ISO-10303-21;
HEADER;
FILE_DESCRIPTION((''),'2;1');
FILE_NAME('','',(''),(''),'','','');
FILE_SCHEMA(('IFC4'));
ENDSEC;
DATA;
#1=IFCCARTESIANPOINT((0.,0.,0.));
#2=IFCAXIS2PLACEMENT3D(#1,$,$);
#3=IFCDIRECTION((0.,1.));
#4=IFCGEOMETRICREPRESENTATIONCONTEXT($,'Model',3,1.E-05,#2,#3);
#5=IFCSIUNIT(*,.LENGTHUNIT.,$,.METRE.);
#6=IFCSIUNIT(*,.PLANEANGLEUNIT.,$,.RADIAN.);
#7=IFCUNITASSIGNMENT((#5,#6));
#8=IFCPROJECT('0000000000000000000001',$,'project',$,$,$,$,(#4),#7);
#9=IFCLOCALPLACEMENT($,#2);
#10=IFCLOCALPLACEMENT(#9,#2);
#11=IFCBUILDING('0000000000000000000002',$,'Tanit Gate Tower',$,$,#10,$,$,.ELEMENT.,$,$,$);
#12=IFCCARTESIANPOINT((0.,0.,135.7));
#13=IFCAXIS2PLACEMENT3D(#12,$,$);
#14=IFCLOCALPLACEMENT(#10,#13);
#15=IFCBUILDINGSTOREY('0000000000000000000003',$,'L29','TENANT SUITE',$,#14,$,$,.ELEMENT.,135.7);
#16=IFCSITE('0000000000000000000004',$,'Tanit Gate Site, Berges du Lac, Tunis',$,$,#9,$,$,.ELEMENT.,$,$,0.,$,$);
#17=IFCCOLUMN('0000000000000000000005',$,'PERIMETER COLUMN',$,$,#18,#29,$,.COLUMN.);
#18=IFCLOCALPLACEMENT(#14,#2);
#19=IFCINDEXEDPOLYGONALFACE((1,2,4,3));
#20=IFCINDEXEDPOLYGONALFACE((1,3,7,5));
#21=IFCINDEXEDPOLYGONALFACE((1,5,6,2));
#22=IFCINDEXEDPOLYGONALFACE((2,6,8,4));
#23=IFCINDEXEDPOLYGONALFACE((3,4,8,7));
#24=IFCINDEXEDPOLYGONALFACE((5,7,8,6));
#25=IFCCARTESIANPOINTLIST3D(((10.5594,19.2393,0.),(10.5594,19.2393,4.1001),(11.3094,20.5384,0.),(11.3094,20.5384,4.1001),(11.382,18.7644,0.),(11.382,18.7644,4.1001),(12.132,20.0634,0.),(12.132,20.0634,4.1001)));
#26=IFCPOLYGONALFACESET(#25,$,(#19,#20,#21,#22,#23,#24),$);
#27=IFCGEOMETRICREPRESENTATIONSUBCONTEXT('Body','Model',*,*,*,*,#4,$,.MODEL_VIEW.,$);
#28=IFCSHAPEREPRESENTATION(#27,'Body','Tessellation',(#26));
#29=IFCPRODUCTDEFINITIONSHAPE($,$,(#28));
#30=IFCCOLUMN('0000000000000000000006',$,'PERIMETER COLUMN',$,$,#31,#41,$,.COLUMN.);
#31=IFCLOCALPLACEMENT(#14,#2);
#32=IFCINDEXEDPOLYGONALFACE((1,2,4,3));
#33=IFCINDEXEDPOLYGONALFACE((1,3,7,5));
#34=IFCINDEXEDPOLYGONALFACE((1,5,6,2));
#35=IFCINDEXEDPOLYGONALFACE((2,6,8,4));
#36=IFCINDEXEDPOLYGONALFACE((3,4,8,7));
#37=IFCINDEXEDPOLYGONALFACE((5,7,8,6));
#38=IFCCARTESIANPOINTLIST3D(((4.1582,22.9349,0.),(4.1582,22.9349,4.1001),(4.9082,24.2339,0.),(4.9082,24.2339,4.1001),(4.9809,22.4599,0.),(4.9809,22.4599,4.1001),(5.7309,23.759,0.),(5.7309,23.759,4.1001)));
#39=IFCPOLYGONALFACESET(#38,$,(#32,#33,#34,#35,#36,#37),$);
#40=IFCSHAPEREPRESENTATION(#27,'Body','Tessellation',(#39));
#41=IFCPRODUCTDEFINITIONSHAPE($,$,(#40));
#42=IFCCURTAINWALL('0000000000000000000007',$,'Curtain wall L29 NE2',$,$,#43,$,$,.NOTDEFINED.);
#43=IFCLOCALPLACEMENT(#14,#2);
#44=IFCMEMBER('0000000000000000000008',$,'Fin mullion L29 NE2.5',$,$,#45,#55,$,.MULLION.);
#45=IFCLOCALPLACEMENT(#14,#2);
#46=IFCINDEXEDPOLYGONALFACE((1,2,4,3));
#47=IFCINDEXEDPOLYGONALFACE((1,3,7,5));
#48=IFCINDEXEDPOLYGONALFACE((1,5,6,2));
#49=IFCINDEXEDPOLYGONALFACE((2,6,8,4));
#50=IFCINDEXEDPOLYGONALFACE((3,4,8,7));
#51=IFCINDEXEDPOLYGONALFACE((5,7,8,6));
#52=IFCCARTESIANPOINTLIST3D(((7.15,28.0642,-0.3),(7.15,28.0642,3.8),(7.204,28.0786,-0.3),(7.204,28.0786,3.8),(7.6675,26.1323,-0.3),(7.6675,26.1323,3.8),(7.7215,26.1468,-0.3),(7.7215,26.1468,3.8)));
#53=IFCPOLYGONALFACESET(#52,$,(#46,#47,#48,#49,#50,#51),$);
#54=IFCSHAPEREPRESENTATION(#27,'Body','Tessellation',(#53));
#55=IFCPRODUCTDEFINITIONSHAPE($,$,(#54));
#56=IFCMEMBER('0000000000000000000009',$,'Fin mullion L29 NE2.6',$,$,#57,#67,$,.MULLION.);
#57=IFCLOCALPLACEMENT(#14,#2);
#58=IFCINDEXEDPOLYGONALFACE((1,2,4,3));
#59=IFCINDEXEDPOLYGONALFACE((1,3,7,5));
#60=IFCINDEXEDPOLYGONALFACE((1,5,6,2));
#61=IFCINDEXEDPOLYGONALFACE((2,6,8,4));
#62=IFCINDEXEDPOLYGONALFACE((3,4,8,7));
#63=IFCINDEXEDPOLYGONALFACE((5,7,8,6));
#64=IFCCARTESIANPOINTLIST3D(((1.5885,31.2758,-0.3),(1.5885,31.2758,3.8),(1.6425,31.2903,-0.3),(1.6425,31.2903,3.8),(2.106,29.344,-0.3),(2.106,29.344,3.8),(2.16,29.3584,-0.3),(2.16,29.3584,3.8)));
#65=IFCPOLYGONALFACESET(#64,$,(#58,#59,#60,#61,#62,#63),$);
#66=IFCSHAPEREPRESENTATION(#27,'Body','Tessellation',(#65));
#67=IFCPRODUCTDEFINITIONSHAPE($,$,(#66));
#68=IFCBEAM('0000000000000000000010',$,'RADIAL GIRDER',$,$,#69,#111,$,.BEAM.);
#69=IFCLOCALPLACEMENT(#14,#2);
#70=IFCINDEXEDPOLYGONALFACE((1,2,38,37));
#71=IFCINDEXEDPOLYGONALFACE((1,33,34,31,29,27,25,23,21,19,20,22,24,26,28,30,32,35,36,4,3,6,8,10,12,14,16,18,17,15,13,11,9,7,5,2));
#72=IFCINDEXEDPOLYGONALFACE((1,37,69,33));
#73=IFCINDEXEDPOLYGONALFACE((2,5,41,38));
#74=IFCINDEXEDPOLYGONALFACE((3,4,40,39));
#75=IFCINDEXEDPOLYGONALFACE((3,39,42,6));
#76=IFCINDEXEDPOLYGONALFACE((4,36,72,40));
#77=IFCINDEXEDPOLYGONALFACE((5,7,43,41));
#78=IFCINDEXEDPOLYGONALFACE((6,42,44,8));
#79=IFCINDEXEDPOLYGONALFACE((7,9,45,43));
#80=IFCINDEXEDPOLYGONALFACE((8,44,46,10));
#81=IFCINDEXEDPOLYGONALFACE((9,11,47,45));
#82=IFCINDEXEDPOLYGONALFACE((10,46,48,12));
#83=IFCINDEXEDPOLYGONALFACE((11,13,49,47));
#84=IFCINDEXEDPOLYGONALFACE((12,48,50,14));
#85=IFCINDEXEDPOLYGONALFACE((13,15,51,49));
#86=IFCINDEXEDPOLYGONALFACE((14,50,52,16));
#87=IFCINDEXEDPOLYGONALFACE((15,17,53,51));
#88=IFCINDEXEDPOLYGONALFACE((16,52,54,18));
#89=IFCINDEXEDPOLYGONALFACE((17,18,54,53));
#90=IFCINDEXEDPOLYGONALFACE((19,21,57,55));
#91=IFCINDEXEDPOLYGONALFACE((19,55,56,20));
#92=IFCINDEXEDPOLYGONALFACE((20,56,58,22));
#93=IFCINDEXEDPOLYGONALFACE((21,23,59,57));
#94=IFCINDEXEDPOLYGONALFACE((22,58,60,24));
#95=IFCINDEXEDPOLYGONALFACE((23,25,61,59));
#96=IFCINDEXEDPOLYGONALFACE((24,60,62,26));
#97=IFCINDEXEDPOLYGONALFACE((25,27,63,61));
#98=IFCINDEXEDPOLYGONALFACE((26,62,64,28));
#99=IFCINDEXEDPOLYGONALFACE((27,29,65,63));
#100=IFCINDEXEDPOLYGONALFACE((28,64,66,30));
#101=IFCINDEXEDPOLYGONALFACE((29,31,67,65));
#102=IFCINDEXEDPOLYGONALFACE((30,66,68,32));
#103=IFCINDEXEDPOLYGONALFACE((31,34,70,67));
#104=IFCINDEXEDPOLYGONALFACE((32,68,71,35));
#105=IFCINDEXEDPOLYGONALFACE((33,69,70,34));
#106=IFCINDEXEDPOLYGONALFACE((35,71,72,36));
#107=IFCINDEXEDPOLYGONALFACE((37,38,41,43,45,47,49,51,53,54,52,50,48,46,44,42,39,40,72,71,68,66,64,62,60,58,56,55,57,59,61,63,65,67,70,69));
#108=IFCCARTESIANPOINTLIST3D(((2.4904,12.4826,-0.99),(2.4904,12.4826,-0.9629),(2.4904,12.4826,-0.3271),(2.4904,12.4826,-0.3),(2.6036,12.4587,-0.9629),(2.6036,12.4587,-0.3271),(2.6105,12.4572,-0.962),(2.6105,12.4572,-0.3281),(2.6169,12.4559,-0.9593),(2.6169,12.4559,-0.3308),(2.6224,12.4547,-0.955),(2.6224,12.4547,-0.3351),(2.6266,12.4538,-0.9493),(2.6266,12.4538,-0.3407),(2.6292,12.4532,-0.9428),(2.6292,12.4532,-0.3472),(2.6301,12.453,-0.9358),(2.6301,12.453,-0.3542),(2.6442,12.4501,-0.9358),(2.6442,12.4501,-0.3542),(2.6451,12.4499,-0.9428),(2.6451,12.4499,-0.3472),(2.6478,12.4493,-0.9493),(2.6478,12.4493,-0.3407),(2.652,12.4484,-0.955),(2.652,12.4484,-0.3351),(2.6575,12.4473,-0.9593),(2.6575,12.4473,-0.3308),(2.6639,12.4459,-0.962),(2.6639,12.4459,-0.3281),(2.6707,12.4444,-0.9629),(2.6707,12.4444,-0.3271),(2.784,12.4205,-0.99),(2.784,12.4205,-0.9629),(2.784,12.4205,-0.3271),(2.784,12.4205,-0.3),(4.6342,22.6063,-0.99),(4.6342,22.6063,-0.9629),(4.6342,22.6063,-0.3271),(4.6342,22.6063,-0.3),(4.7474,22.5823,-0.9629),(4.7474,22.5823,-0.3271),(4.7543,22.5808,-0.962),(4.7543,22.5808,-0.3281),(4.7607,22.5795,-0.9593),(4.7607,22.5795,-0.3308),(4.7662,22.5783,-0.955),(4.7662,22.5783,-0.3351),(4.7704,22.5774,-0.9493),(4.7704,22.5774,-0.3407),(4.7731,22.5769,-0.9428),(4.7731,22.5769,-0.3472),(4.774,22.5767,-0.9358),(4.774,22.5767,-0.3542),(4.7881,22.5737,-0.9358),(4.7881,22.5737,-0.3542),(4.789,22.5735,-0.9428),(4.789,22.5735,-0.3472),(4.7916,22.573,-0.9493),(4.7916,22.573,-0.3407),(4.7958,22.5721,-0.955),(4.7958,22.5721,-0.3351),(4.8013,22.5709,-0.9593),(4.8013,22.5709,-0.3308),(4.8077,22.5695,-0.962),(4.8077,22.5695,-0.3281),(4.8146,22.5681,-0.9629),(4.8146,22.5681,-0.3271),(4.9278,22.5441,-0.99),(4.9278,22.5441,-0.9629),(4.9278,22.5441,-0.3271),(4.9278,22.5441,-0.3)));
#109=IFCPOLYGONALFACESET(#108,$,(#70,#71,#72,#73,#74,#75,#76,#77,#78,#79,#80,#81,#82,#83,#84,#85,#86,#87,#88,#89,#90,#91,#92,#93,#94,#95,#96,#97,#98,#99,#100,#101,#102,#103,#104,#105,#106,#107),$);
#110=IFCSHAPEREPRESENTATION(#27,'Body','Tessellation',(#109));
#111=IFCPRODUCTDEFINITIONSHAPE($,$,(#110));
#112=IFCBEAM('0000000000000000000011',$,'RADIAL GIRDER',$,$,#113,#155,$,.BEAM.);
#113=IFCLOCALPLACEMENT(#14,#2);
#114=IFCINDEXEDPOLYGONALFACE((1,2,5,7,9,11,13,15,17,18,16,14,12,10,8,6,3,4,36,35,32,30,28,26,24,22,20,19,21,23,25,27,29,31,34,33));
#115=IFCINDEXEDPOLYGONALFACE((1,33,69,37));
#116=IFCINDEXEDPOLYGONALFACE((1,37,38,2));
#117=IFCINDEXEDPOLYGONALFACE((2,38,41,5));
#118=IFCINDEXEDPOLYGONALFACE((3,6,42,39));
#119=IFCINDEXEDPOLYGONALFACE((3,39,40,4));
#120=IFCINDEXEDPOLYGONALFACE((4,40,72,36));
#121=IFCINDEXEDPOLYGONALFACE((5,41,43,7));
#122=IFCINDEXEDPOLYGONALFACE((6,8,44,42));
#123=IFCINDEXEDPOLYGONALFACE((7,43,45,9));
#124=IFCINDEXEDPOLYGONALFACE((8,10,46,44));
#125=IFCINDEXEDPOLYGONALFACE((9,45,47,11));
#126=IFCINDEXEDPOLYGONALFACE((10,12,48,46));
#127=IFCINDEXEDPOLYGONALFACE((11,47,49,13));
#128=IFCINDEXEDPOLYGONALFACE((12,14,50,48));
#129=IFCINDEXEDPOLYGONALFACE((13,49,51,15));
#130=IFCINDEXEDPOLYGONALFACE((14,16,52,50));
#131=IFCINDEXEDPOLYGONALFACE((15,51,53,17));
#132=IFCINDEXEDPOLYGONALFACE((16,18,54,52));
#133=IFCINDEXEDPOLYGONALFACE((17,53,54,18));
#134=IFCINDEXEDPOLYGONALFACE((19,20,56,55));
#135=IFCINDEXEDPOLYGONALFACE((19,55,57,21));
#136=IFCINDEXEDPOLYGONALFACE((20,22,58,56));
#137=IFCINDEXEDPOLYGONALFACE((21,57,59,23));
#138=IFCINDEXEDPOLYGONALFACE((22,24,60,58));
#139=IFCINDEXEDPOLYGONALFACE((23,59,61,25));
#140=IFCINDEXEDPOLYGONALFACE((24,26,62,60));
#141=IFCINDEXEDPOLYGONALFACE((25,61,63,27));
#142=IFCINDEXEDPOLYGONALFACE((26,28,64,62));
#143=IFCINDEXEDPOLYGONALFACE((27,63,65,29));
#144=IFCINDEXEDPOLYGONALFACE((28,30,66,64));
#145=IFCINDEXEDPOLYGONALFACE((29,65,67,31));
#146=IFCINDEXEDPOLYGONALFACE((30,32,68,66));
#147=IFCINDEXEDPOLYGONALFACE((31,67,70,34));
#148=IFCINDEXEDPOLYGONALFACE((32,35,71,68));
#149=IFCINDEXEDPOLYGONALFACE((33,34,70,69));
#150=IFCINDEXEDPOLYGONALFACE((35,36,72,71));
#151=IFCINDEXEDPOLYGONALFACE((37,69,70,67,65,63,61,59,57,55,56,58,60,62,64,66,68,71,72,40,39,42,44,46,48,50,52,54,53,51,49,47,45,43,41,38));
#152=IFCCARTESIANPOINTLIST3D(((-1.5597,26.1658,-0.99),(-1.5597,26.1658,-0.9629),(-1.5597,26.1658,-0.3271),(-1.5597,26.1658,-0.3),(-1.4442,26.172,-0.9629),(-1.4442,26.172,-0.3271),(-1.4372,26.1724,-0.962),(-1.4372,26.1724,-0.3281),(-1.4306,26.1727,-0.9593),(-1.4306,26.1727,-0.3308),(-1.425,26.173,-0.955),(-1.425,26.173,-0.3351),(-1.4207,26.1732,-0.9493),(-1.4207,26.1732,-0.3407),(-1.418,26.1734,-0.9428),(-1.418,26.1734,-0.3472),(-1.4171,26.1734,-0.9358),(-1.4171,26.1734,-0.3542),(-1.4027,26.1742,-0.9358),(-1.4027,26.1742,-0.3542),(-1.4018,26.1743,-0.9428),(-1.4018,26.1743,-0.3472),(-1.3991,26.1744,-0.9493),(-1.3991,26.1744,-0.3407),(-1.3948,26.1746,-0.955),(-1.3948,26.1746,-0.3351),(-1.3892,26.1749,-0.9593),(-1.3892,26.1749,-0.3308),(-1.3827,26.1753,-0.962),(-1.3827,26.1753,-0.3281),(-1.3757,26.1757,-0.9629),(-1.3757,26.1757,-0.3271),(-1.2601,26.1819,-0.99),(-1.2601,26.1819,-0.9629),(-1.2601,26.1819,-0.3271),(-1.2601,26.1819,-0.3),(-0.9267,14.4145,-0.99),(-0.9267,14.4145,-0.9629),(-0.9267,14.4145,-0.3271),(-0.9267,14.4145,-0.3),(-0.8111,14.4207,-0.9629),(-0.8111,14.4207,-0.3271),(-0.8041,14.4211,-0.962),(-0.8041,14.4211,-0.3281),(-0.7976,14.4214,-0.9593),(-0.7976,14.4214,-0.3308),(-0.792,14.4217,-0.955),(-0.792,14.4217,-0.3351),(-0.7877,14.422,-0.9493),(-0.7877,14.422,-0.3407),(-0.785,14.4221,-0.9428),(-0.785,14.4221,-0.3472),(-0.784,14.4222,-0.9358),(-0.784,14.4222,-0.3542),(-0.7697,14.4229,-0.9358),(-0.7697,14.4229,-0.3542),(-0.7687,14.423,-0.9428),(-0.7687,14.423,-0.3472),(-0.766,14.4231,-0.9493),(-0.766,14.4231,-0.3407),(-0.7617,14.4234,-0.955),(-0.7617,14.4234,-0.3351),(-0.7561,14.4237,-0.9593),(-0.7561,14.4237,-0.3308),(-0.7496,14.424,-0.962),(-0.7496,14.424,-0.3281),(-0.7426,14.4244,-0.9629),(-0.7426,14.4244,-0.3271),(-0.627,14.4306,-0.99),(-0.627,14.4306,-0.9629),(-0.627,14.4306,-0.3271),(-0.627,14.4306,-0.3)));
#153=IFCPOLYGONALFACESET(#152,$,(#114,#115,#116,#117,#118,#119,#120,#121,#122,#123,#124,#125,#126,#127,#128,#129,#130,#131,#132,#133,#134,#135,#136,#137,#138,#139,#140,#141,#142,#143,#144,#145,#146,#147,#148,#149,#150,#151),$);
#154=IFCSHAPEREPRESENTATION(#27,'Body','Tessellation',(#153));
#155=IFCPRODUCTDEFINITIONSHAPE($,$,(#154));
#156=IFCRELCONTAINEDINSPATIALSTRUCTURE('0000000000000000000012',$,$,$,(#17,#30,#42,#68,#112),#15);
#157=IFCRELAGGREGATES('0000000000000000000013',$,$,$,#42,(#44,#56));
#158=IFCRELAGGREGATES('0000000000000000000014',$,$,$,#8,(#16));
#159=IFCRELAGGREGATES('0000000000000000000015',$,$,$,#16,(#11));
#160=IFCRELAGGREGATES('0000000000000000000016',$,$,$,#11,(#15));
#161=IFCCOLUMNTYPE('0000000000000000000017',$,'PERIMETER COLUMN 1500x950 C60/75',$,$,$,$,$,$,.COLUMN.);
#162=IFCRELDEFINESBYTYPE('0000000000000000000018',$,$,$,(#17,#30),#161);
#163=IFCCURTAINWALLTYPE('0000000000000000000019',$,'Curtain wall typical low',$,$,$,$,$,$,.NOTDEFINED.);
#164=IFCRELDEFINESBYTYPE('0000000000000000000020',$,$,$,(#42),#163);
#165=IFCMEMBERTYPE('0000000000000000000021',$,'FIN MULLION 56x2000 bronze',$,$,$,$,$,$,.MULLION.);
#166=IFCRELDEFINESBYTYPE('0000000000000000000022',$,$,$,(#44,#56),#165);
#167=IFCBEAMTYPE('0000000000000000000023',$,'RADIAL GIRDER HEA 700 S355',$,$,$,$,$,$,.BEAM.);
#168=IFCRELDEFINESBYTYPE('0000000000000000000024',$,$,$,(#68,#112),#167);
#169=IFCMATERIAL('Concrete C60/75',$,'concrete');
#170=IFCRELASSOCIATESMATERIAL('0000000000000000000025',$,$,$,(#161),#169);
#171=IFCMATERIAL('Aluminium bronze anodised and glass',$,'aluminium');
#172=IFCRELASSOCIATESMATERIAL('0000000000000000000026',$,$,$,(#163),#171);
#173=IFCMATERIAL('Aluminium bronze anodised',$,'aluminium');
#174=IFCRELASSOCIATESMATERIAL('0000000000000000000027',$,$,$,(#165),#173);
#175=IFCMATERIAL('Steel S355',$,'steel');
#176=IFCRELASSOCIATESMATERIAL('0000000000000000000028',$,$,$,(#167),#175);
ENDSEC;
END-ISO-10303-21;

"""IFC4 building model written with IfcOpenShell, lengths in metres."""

from ifc_helpers import new_model, si_unit, direction, frame, origin, origin_2d, place, context, subcontext, project, spatial, rectangle, i_section, extrude, material, material_profile, profile_set, type_object, element, aggregate, save


model = new_model("IFC4")

# Units and contexts
model_context = context("Model", 3, precision=1e-05, world=origin(), true_north=direction((0.0, 1.0)))
body_context = subcontext(model_context, "Body", "Model", "MODEL_VIEW")
ifc_project = project(units=[si_unit("LENGTHUNIT", "METRE"), si_unit("PLANEANGLEUNIT", "RADIAN")], contexts=[model_context])

# Site, building, storey
site_placement = place(None, origin())
site = spatial("IfcSite", under=ifc_project, at=site_placement, Name="Tanit Gate Site, Berges du Lac, Tunis", CompositionType="ELEMENT", RefElevation=0.0)
building_placement = place(site_placement, origin())
building = spatial("IfcBuilding", under=site, at=building_placement, Name="Tanit Gate Tower", CompositionType="ELEMENT")
storey_placement = place(building_placement, frame((0.0, 0.0, 135.7)))
storey = spatial("IfcBuildingStorey", under=building, at=storey_placement, Name="L29", Description="TENANT SUITE", CompositionType="ELEMENT", Elevation=135.7)

# Columns
ifc_material_1 = material(Name="Concrete C60/75", Category="concrete")
ifc_material_profile_1 = material_profile(ifc_material_1, rectangle(XDim=1.5, YDim=0.95, at=origin_2d()), Name="RC 1500x950")
ifc_profile_set_1 = profile_set([ifc_material_profile_1], Name="Concrete C60/75")
column_type = type_object("IfcColumnType", Name="PERIMETER COLUMN 1500x950 C60/75", PredefinedType="COLUMN", material=ifc_profile_set_1)
for number, where, z_axis, x_axis, name in (
    (1, (11.3457, 19.6514, 0.0), (0.0, 0.0, 1.0), (0.5, 0.866025, 0.0), "PERIMETER COLUMN"),
    (2, (4.9446, 23.3469, 0.0), (0.0, 0.0, 1.0), (0.5, 0.866025, 0.0), "PERIMETER COLUMN"),
):
    element("IfcColumn", number, at=place(storey_placement, frame(where, z_axis=z_axis, x_axis=x_axis)), inside=storey, type_object=column_type, Name=name, PredefinedType="COLUMN", context=body_context, shape_type="SweptSolid", body=[
        extrude(rectangle(XDim=1.5, YDim=0.95, at=origin_2d()), origin(), (0.0, 0.0, 1.0), 4.1001),
    ])

# Curtain wall, members
ifc_material_2 = material(Name="Aluminium bronze anodised and glass", Category="aluminium")
curtain_wall_type = type_object("IfcCurtainWallType", Name="Curtain wall typical low", PredefinedType="NOTDEFINED", material=ifc_material_2)
curtain_wall_placement = place(storey_placement, origin())
curtain_wall = element("IfcCurtainWall", 3, at=curtain_wall_placement, inside=storey, type_object=curtain_wall_type, Name="Curtain wall L29 NE2", PredefinedType="NOTDEFINED")
ifc_material_3 = material(Name="Aluminium bronze anodised", Category="aluminium")
ifc_material_profile_2 = material_profile(ifc_material_3, rectangle(XDim=2.0, YDim=0.0559, at=origin_2d()), Name="56x2000 bronze fin mullion")
ifc_profile_set_2 = profile_set([ifc_material_profile_2], Name="Aluminium bronze anodised")
member_type_1 = type_object("IfcMemberType", Name="FIN MULLION 56x2000 bronze", PredefinedType="MULLION", material=ifc_profile_set_2)
member_1_placement = place(storey_placement, frame((7.4358, 27.1055, -0.3), z_axis=(0.0, 0.0, 1.0), x_axis=(0.258752, -0.965944, 0.0)))
member_1 = element("IfcMember", 4, at=member_1_placement, type_object=member_type_1, Name="Fin mullion L29 NE2.5", PredefinedType="MULLION", context=body_context, shape_type="SweptSolid", body=[
    extrude(rectangle(XDim=2.0, YDim=0.0559, at=origin_2d()), origin(), (0.0, 0.0, 1.0), 4.1001),
])
member_2_placement = place(storey_placement, frame((1.8743, 30.3171, -0.3), z_axis=(0.0, 0.0, 1.0), x_axis=(0.258752, -0.965944, 0.0)))
member_2 = element("IfcMember", 5, at=member_2_placement, type_object=member_type_1, Name="Fin mullion L29 NE2.6", PredefinedType="MULLION", context=body_context, shape_type="SweptSolid", body=[
    extrude(rectangle(XDim=2.0, YDim=0.0559, at=origin_2d()), origin(), (0.0, 0.0, 1.0), 4.1001),
])

# Beams
ifc_material_4 = material(Name="Steel S355", Category="steel")
ifc_material_profile_3 = material_profile(ifc_material_4, i_section(OverallWidth=0.3, OverallDepth=0.6899, WebThickness=0.0144, FlangeThickness=0.0271, FilletRadius=0.0271, at=origin_2d()), Name="HEA 700")
ifc_profile_set_3 = profile_set([ifc_material_profile_3], Name="Steel S355")
beam_type_1 = type_object("IfcBeamType", Name="RADIAL GIRDER HEA 700 S355", PredefinedType="BEAM", material=ifc_profile_set_3)
beam_1_placement = place(storey_placement, frame((4.781, 22.5752, -0.645), z_axis=(-0.20717, -0.978305, 0.0), x_axis=(0.978305, -0.20717, 0.0)))
element("IfcBeam", 6, at=beam_1_placement, inside=storey, type_object=beam_type_1, Name="RADIAL GIRDER", PredefinedType="BEAM", context=body_context, shape_type="SweptSolid", body=[
    extrude(i_section(OverallWidth=0.3, OverallDepth=0.6899, WebThickness=0.0144, FlangeThickness=0.0271, FilletRadius=0.0271, at=origin_2d()), origin(), (0.0, 0.0, 1.0), 10.3481),
])
beam_2_placement = place(storey_placement, frame((-1.4099, 26.1738, -0.645), z_axis=(0.053794, -0.998552, 0.0), x_axis=(0.998552, 0.053794, 0.0)))
element("IfcBeam", 7, at=beam_2_placement, inside=storey, type_object=beam_type_1, Name="RADIAL GIRDER", PredefinedType="BEAM", context=body_context, shape_type="SweptSolid", body=[
    extrude(i_section(OverallWidth=0.3, OverallDepth=0.6899, WebThickness=0.0144, FlangeThickness=0.0271, FilletRadius=0.0271, at=origin_2d()), origin(), (0.0, 0.0, 1.0), 11.7683),
])

aggregate(curtain_wall, [member_1, member_2])

save(model, "model.ifc")
